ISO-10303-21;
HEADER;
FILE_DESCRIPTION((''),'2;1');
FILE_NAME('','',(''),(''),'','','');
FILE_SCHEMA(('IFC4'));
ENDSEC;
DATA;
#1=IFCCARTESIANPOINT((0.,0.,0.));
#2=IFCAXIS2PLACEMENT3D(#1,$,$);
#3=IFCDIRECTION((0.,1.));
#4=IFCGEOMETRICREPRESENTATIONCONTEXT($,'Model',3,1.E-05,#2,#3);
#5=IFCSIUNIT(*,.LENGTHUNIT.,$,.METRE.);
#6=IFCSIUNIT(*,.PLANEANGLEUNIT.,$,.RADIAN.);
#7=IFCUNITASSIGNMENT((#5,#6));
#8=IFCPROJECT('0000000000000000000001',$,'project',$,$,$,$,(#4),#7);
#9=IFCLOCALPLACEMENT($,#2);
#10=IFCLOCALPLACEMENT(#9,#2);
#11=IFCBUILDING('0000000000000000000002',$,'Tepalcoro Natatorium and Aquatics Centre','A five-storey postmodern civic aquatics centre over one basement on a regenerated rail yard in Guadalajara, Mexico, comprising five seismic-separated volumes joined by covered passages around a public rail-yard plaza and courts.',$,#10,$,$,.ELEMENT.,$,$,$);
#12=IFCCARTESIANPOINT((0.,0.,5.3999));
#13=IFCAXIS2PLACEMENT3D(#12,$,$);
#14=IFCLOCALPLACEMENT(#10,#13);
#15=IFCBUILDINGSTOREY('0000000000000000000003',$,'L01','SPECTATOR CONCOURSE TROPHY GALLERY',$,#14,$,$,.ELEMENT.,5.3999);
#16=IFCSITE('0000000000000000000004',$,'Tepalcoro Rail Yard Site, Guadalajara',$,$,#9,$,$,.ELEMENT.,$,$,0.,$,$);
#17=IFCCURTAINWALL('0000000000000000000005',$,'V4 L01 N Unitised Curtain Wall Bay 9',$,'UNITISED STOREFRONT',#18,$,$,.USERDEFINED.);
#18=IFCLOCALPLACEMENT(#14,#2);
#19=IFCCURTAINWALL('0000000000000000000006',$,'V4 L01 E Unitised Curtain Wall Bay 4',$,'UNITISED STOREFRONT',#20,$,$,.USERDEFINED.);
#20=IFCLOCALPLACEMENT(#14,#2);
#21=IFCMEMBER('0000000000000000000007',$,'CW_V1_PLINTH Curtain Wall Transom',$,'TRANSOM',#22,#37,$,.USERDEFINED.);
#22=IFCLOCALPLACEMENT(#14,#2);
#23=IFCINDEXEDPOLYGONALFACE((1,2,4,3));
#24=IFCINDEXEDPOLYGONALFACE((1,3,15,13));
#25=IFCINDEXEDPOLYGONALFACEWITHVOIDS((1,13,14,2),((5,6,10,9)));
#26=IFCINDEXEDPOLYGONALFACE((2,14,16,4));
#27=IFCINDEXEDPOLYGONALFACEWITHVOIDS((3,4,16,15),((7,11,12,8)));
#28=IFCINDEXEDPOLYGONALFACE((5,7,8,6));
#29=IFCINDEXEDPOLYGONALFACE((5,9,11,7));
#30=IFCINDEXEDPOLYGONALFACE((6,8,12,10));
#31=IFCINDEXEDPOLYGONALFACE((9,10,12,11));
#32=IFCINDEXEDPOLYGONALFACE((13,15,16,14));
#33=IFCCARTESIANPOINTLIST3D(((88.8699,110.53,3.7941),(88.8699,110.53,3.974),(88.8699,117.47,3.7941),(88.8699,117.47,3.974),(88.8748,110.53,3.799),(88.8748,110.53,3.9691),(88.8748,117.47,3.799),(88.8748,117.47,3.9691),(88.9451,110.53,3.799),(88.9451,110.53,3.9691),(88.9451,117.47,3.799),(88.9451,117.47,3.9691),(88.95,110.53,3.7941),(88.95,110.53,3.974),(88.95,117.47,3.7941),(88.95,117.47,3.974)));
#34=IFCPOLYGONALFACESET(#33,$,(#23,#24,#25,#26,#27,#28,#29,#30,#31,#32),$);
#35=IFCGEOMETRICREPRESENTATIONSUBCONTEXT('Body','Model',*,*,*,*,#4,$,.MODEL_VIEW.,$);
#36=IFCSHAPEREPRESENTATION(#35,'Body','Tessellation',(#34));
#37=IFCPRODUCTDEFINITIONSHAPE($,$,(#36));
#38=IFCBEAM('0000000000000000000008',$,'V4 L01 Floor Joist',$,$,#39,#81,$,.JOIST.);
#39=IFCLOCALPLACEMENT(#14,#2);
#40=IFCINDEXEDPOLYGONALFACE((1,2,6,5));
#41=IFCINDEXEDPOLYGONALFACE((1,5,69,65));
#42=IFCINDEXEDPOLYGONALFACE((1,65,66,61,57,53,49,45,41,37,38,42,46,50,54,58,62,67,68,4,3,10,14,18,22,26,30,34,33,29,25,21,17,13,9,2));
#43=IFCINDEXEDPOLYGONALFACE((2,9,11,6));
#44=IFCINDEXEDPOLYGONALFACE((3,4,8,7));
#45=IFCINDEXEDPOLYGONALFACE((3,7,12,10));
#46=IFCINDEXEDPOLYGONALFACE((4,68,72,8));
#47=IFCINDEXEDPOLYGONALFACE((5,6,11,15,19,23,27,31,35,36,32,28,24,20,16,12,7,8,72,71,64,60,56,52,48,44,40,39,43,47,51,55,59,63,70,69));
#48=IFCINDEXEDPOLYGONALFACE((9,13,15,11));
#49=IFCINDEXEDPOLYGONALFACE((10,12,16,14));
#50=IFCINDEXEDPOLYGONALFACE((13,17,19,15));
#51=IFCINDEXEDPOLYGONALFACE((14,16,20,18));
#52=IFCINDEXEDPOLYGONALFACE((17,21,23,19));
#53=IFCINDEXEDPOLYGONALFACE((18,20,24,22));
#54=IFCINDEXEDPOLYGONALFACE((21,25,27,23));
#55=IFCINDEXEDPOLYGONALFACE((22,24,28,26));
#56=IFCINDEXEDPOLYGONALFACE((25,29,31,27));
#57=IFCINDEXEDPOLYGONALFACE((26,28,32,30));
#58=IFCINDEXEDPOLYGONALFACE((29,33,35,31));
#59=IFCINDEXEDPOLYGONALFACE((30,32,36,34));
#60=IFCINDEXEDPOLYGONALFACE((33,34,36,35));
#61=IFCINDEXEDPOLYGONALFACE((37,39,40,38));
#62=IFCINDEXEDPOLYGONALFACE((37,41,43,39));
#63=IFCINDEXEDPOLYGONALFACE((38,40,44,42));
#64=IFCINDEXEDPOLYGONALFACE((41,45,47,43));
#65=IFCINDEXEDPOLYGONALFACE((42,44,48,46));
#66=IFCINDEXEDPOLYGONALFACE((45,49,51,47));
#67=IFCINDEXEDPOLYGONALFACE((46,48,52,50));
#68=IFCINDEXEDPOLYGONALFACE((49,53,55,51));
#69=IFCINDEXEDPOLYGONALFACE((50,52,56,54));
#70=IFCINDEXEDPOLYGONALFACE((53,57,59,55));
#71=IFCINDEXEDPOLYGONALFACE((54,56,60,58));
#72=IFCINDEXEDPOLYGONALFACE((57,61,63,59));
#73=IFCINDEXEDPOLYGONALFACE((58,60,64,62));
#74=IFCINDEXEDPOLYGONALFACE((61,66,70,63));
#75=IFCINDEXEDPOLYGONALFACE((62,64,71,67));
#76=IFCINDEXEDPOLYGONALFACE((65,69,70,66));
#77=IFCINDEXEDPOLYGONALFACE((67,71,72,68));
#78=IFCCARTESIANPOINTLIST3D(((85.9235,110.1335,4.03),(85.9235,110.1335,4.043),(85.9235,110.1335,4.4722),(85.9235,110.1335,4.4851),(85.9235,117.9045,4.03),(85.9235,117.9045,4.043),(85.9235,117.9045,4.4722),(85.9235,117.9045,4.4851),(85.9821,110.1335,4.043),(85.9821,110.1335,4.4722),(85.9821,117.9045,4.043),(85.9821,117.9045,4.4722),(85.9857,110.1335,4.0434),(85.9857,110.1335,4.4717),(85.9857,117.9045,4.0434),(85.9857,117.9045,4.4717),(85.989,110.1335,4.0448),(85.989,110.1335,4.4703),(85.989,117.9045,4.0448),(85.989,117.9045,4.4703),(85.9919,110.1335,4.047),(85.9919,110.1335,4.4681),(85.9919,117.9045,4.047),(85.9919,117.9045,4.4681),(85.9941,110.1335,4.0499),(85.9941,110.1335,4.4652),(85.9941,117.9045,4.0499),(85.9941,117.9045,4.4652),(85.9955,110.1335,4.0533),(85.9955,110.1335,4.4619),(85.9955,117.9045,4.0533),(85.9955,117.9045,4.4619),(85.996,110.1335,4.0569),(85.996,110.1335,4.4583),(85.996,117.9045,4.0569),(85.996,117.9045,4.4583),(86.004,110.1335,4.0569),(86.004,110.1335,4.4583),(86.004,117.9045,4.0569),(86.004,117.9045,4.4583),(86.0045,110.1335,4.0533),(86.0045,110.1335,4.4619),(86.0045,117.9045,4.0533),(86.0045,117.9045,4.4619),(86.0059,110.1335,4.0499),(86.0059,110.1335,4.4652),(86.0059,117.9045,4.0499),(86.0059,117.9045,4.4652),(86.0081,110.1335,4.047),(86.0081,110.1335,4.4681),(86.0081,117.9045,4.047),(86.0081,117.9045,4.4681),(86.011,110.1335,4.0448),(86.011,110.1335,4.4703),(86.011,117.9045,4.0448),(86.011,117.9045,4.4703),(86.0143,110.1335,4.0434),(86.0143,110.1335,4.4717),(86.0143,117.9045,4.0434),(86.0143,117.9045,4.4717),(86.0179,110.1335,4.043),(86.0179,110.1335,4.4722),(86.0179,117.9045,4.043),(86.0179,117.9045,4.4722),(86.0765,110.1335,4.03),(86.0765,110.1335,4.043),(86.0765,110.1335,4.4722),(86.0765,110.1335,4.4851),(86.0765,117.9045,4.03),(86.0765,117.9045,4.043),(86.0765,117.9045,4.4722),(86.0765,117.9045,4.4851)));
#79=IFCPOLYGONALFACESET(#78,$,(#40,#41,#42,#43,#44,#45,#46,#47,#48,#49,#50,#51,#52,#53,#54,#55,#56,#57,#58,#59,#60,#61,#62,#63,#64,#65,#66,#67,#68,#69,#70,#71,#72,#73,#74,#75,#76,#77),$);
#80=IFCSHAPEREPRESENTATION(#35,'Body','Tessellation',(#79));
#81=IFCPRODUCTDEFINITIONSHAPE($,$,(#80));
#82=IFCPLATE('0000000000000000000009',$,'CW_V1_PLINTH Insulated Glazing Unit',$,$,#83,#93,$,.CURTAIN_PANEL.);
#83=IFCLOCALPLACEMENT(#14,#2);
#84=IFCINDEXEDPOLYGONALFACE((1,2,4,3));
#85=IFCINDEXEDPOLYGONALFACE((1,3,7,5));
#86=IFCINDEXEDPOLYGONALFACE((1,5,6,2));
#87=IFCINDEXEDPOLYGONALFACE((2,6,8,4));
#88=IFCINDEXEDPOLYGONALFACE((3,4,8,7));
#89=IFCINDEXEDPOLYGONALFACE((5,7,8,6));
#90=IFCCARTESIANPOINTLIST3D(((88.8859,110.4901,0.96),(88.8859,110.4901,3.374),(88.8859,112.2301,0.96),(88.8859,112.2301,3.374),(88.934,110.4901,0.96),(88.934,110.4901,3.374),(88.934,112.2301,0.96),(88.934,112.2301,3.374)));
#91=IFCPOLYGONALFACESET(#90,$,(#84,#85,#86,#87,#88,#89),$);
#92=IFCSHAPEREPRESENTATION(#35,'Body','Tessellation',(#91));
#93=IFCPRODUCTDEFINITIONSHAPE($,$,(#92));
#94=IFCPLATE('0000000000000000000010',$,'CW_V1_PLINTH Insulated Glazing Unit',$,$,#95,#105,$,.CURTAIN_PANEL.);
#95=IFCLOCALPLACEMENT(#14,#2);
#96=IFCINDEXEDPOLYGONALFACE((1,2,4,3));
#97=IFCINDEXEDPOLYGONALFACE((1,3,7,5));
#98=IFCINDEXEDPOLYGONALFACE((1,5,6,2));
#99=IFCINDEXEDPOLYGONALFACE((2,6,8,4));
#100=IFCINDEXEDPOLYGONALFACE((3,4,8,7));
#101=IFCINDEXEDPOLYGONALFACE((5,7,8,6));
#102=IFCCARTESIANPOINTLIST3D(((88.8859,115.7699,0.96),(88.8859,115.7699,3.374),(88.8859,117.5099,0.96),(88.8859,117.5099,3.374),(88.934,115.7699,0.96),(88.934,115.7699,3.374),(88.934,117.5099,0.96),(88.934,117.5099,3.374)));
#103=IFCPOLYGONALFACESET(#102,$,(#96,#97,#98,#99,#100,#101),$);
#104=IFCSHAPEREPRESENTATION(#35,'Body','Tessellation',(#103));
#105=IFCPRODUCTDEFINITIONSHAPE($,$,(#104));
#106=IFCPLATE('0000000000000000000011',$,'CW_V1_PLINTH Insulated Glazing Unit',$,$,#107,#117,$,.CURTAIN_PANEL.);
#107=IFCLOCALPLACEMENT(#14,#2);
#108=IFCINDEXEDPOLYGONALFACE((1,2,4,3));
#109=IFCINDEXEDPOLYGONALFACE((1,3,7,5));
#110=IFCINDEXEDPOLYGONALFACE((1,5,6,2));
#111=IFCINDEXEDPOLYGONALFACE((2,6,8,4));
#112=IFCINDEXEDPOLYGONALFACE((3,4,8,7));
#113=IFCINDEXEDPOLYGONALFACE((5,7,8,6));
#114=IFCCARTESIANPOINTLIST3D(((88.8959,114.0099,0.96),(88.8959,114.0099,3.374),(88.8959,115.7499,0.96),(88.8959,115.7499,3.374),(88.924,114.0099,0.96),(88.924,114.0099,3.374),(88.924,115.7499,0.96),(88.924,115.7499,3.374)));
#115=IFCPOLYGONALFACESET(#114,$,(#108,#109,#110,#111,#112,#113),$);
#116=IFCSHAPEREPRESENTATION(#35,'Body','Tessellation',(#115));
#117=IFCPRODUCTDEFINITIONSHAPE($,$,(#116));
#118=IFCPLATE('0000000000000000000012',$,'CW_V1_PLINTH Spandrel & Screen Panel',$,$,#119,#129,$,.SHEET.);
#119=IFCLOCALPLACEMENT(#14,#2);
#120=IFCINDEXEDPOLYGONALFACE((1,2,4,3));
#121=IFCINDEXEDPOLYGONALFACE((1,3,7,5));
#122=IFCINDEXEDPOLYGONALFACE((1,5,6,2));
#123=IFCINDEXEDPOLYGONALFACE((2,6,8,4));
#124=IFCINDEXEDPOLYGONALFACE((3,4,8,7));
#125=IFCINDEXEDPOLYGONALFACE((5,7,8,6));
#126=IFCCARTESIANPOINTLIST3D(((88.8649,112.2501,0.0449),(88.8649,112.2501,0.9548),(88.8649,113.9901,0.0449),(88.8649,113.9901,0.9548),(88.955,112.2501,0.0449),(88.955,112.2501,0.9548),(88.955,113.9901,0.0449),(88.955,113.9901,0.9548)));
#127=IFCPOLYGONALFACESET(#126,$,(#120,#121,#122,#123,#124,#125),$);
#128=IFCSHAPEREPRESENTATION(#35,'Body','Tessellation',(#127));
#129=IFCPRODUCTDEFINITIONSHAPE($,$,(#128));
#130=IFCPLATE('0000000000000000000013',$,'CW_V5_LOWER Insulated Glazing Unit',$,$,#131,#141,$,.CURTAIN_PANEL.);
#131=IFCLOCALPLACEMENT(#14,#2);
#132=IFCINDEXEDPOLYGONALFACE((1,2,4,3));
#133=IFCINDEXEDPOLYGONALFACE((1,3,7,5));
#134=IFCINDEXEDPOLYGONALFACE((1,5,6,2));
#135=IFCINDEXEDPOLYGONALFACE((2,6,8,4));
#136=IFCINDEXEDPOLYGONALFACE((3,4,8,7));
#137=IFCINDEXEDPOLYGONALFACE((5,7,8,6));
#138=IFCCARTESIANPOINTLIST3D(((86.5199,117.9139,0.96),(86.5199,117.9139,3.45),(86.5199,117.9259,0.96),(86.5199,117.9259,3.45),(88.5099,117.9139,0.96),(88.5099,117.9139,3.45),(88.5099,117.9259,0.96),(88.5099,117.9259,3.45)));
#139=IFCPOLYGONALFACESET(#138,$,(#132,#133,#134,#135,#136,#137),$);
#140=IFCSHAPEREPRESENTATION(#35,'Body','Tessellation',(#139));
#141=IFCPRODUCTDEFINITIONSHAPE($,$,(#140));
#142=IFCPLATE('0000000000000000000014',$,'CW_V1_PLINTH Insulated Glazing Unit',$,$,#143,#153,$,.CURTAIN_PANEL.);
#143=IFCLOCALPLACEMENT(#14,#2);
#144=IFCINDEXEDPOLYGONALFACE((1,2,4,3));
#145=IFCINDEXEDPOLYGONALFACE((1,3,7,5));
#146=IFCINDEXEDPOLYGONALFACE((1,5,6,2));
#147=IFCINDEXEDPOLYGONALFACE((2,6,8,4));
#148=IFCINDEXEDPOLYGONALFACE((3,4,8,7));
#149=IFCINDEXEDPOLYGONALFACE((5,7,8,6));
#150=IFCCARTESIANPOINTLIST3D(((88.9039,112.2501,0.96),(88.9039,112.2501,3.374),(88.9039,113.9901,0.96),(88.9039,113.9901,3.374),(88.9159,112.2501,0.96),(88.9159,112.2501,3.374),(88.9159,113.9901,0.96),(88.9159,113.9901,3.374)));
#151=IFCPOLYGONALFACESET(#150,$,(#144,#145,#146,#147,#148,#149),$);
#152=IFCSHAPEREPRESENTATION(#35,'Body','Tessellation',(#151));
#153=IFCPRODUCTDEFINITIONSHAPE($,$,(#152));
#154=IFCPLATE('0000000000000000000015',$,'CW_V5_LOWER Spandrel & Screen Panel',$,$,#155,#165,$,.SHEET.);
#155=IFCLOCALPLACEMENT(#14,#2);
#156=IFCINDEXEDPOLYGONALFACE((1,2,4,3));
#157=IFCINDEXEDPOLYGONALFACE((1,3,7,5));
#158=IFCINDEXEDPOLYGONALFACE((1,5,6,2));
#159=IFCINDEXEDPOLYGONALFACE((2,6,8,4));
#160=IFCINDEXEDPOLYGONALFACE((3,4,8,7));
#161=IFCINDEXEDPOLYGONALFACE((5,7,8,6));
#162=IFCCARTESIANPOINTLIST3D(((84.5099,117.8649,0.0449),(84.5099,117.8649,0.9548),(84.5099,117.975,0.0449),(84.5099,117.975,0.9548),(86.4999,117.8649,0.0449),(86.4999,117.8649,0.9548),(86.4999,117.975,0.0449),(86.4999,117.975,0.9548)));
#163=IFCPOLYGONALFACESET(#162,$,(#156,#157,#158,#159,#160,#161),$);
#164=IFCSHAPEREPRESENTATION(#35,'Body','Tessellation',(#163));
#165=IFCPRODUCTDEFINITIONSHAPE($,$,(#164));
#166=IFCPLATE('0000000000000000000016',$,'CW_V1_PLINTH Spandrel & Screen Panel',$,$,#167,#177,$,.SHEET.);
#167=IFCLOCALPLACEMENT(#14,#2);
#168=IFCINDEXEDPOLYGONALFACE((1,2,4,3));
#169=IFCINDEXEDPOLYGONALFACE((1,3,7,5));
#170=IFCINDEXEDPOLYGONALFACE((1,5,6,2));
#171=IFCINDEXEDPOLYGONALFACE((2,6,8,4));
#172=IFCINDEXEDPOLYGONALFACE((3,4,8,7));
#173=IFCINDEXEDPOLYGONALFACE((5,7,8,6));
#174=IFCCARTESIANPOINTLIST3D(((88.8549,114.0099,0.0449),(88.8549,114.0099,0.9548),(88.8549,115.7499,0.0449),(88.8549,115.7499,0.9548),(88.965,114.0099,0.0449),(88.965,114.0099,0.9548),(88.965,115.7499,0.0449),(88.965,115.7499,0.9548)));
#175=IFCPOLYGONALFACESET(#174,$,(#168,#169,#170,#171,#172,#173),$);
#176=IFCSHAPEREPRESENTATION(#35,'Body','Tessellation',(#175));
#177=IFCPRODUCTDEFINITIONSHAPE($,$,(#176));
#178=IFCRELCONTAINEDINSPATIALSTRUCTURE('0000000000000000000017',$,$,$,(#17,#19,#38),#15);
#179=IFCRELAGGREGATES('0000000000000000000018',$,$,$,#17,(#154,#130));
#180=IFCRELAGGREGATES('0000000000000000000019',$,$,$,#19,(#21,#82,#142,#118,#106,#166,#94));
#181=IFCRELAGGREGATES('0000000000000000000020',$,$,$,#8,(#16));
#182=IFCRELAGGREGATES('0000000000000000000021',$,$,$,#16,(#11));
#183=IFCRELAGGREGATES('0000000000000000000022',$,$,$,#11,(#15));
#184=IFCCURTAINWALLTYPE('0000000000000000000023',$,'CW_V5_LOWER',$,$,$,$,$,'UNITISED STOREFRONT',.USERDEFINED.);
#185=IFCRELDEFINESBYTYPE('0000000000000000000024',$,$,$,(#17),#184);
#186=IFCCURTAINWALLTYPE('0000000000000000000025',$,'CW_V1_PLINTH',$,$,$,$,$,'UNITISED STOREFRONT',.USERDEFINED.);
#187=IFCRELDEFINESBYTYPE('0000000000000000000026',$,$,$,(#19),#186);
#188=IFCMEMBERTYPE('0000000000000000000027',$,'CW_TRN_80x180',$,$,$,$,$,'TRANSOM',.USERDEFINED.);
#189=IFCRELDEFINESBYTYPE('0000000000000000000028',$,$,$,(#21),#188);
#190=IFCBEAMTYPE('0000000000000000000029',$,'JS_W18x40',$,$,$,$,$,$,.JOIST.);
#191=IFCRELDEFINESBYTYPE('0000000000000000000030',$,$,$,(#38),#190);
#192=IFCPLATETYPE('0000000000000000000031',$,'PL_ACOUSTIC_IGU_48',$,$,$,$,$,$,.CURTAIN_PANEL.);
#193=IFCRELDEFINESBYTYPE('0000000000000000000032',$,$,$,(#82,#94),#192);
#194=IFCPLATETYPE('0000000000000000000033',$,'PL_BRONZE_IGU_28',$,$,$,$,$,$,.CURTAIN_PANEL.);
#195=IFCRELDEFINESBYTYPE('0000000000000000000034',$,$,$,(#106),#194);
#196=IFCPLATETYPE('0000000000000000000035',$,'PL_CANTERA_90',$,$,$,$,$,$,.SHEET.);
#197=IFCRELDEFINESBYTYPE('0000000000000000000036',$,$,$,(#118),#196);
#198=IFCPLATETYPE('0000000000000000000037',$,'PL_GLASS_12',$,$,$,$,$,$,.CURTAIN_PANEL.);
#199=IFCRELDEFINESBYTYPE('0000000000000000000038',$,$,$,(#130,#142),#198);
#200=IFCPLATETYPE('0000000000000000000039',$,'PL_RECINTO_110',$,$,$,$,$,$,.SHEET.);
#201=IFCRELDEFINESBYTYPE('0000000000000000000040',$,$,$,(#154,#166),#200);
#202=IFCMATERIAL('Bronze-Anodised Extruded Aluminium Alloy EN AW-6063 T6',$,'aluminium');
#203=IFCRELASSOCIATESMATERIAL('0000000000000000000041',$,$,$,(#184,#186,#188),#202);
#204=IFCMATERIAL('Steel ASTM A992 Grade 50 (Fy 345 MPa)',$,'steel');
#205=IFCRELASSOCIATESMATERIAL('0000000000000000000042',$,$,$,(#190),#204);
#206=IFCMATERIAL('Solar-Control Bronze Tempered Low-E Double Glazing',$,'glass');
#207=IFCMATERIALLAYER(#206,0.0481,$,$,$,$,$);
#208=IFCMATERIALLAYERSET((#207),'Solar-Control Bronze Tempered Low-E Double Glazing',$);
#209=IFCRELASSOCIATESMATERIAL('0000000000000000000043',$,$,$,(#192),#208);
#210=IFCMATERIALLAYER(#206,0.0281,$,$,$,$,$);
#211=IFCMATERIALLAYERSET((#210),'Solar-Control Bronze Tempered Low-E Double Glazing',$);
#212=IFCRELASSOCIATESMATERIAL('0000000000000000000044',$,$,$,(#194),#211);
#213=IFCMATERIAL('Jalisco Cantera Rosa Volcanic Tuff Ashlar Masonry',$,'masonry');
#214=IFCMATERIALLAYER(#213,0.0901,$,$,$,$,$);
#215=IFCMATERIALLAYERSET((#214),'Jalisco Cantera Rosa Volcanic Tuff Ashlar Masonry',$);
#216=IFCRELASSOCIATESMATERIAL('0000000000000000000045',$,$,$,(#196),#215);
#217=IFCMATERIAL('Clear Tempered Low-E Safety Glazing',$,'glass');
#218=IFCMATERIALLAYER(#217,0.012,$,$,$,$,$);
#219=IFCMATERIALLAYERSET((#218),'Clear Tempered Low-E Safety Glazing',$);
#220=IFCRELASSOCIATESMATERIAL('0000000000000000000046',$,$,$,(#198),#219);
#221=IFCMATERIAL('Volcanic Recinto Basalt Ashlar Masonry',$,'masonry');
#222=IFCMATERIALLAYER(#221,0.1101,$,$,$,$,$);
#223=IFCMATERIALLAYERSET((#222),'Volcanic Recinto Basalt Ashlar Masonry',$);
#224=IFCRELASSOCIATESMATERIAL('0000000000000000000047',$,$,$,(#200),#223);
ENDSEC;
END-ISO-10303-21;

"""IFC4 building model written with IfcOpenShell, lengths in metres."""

from ifc_helpers import new_model, si_unit, direction, frame, origin, origin_2d, place, context, subcontext, project, spatial, rectangle, hollow_rectangle, i_section, extrude, material, layer, layer_set, material_profile, profile_set, type_object, element, aggregate, save


model = new_model("IFC4")

# Units and contexts
model_context = context("Model", 3, precision=1e-05, world=origin(), true_north=direction((0.0, 1.0)))
body_context = subcontext(model_context, "Body", "Model", "MODEL_VIEW")
ifc_project = project(units=[si_unit("LENGTHUNIT", "METRE"), si_unit("PLANEANGLEUNIT", "RADIAN")], contexts=[model_context])

# Site, building, storey
site_placement = place(None, origin())
site = spatial("IfcSite", under=ifc_project, at=site_placement, Name="Tepalcoro Rail Yard Site, Guadalajara", CompositionType="ELEMENT", RefElevation=0.0)
building_placement = place(site_placement, origin())
building = spatial("IfcBuilding", under=site, at=building_placement, Name="Tepalcoro Natatorium and Aquatics Centre", Description="A five-storey postmodern civic aquatics centre over one basement on a regenerated rail yard in Guadalajara, Mexico, comprising five seismic-separated volumes joined by covered passages around a public rail-yard plaza and courts.", CompositionType="ELEMENT")
storey_placement = place(building_placement, frame((0.0, 0.0, 5.3999)))
storey = spatial("IfcBuildingStorey", under=building, at=storey_placement, Name="L01", Description="SPECTATOR CONCOURSE TROPHY GALLERY", CompositionType="ELEMENT", Elevation=5.3999)

# Curtain walls, member
ifc_material_1 = material(Name="Bronze-Anodised Extruded Aluminium Alloy EN AW-6063 T6", Category="aluminium")
curtain_wall_type_1 = type_object("IfcCurtainWallType", Name="CW_V5_LOWER", ElementType="UNITISED STOREFRONT", PredefinedType="USERDEFINED", material=ifc_material_1)
curtain_wall_1_placement = place(storey_placement, origin())
curtain_wall_1 = element("IfcCurtainWall", 1, at=curtain_wall_1_placement, inside=storey, type_object=curtain_wall_type_1, Name="V4 L01 N Unitised Curtain Wall Bay 9", ObjectType="UNITISED STOREFRONT", PredefinedType="USERDEFINED")
curtain_wall_type_2 = type_object("IfcCurtainWallType", Name="CW_V1_PLINTH", ElementType="UNITISED STOREFRONT", PredefinedType="USERDEFINED", material=ifc_material_1)
curtain_wall_2_placement = place(storey_placement, origin())
curtain_wall_2 = element("IfcCurtainWall", 2, at=curtain_wall_2_placement, inside=storey, type_object=curtain_wall_type_2, Name="V4 L01 E Unitised Curtain Wall Bay 4", ObjectType="UNITISED STOREFRONT", PredefinedType="USERDEFINED")
ifc_material_profile_1 = material_profile(ifc_material_1, hollow_rectangle(XDim=0.0801, YDim=0.1799, WallThickness=0.0049, at=origin_2d()), Name="AL80X180X5")
ifc_profile_set_1 = profile_set([ifc_material_profile_1], Name="Bronze-Anodised Extruded Aluminium Alloy EN AW-6063 T6")
member_type_1 = type_object("IfcMemberType", Name="CW_TRN_80x180", ElementType="TRANSOM", PredefinedType="USERDEFINED", material=ifc_profile_set_1)
member_1_placement = place(storey_placement, frame((88.9099, 110.53, 3.884), z_axis=(0.0, 1.0, 0.0), x_axis=(-1.0, 0.0, 0.0)))
member_1 = element("IfcMember", 3, at=member_1_placement, type_object=member_type_1, Name="CW_V1_PLINTH Curtain Wall Transom", ObjectType="TRANSOM", PredefinedType="USERDEFINED", context=body_context, shape_type="SweptSolid", body=[
    extrude(hollow_rectangle(XDim=0.0801, YDim=0.1799, WallThickness=0.0049, at=origin_2d()), origin(), (0.0, 0.0, 1.0), 6.9399),
])

# Beam
ifc_material_2 = material(Name="Steel ASTM A992 Grade 50 (Fy 345 MPa)", Category="steel")
ifc_material_profile_2 = material_profile(ifc_material_2, i_section(OverallWidth=0.1531, OverallDepth=0.4551, WebThickness=0.0081, FlangeThickness=0.0129, FilletRadius=0.0139, at=origin_2d()), Name="W18X40")
ifc_profile_set_2 = profile_set([ifc_material_profile_2], Name="Steel ASTM A992 Grade 50 (Fy 345 MPa)")
beam_type = type_object("IfcBeamType", Name="JS_W18x40", PredefinedType="JOIST", material=ifc_profile_set_2)
beam_placement = place(storey_placement, frame((86.0, 110.1335, 4.2576), z_axis=(0.0, 1.0, 0.0), x_axis=(-1.0, 0.0, 0.0)))
element("IfcBeam", 4, at=beam_placement, inside=storey, type_object=beam_type, Name="V4 L01 Floor Joist", PredefinedType="JOIST", context=body_context, shape_type="SweptSolid", body=[
    extrude(i_section(OverallWidth=0.1531, OverallDepth=0.4551, WebThickness=0.0081, FlangeThickness=0.0129, FilletRadius=0.0139, at=origin_2d()), origin(), (0.0, 0.0, 1.0), 7.771),
])

# Plates
ifc_material_3 = material(Name="Solar-Control Bronze Tempered Low-E Double Glazing", Category="glass")
ifc_layer_1 = layer(ifc_material_3, 0.0481)
ifc_layer_set_1 = layer_set([ifc_layer_1], Name="Solar-Control Bronze Tempered Low-E Double Glazing")
plate_type_1 = type_object("IfcPlateType", Name="PL_ACOUSTIC_IGU_48", PredefinedType="CURTAIN_PANEL", material=ifc_layer_set_1)
plate_1_placement = place(storey_placement, frame((88.9099, 111.3601, 0.96), z_axis=(0.0, 0.0, 1.0), x_axis=(1.0, 0.0, 0.0)))
plate_1 = element("IfcPlate", 5, at=plate_1_placement, type_object=plate_type_1, Name="CW_V1_PLINTH Insulated Glazing Unit", PredefinedType="CURTAIN_PANEL", context=body_context, shape_type="SweptSolid", body=[
    extrude(rectangle(XDim=0.0481, YDim=1.74, at=origin_2d()), origin(), (0.0, 0.0, 1.0), 2.4141),
])
plate_2_placement = place(storey_placement, frame((88.9099, 116.6399, 0.96), z_axis=(0.0, 0.0, 1.0), x_axis=(1.0, 0.0, 0.0)))
plate_2 = element("IfcPlate", 6, at=plate_2_placement, type_object=plate_type_1, Name="CW_V1_PLINTH Insulated Glazing Unit", PredefinedType="CURTAIN_PANEL", context=body_context, shape_type="SweptSolid", body=[
    extrude(rectangle(XDim=0.0481, YDim=1.74, at=origin_2d()), origin(), (0.0, 0.0, 1.0), 2.4141),
])
ifc_layer_2 = layer(ifc_material_3, 0.0281)
ifc_layer_set_2 = layer_set([ifc_layer_2], Name="Solar-Control Bronze Tempered Low-E Double Glazing")
plate_type_2 = type_object("IfcPlateType", Name="PL_BRONZE_IGU_28", PredefinedType="CURTAIN_PANEL", material=ifc_layer_set_2)
plate_3_placement = place(storey_placement, frame((88.9099, 114.8799, 0.96), z_axis=(0.0, 0.0, 1.0), x_axis=(1.0, 0.0, 0.0)))
plate_3 = element("IfcPlate", 7, at=plate_3_placement, type_object=plate_type_2, Name="CW_V1_PLINTH Insulated Glazing Unit", PredefinedType="CURTAIN_PANEL", context=body_context, shape_type="SweptSolid", body=[
    extrude(rectangle(XDim=0.0281, YDim=1.74, at=origin_2d()), origin(), (0.0, 0.0, 1.0), 2.4141),
])
ifc_material_4 = material(Name="Jalisco Cantera Rosa Volcanic Tuff Ashlar Masonry", Category="masonry")
ifc_layer_3 = layer(ifc_material_4, 0.0901)
ifc_layer_set_3 = layer_set([ifc_layer_3], Name="Jalisco Cantera Rosa Volcanic Tuff Ashlar Masonry")
plate_type_3 = type_object("IfcPlateType", Name="PL_CANTERA_90", PredefinedType="SHEET", material=ifc_layer_set_3)
plate_4_placement = place(storey_placement, frame((88.9099, 113.1201, 0.0449), z_axis=(0.0, 0.0, 1.0), x_axis=(1.0, 0.0, 0.0)))
plate_4 = element("IfcPlate", 8, at=plate_4_placement, type_object=plate_type_3, Name="CW_V1_PLINTH Spandrel & Screen Panel", PredefinedType="SHEET", context=body_context, shape_type="SweptSolid", body=[
    extrude(rectangle(XDim=0.0901, YDim=1.74, at=origin_2d()), origin(), (0.0, 0.0, 1.0), 0.9099),
])
ifc_material_5 = material(Name="Clear Tempered Low-E Safety Glazing", Category="glass")
ifc_layer_4 = layer(ifc_material_5, 0.012)
ifc_layer_set_4 = layer_set([ifc_layer_4], Name="Clear Tempered Low-E Safety Glazing")
plate_type_4 = type_object("IfcPlateType", Name="PL_GLASS_12", PredefinedType="CURTAIN_PANEL", material=ifc_layer_set_4)
plate_5_placement = place(storey_placement, frame((87.5149, 117.9199, 0.96), z_axis=(0.0, 0.0, 1.0), x_axis=(1.0, 0.0, 0.0)))
plate_5 = element("IfcPlate", 9, at=plate_5_placement, type_object=plate_type_4, Name="CW_V5_LOWER Insulated Glazing Unit", PredefinedType="CURTAIN_PANEL", context=body_context, shape_type="SweptSolid", body=[
    extrude(rectangle(XDim=1.99, YDim=0.012, at=origin_2d()), origin(), (0.0, 0.0, 1.0), 2.49),
])
plate_6_placement = place(storey_placement, frame((88.9099, 113.1201, 0.96), z_axis=(0.0, 0.0, 1.0), x_axis=(1.0, 0.0, 0.0)))
plate_6 = element("IfcPlate", 10, at=plate_6_placement, type_object=plate_type_4, Name="CW_V1_PLINTH Insulated Glazing Unit", PredefinedType="CURTAIN_PANEL", context=body_context, shape_type="SweptSolid", body=[
    extrude(rectangle(XDim=0.012, YDim=1.74, at=origin_2d()), origin(), (0.0, 0.0, 1.0), 2.4141),
])
ifc_material_6 = material(Name="Volcanic Recinto Basalt Ashlar Masonry", Category="masonry")
ifc_layer_5 = layer(ifc_material_6, 0.1101)
ifc_layer_set_5 = layer_set([ifc_layer_5], Name="Volcanic Recinto Basalt Ashlar Masonry")
plate_type_5 = type_object("IfcPlateType", Name="PL_RECINTO_110", PredefinedType="SHEET", material=ifc_layer_set_5)
plate_7_placement = place(storey_placement, frame((85.5049, 117.9199, 0.0449), z_axis=(0.0, 0.0, 1.0), x_axis=(1.0, 0.0, 0.0)))
plate_7 = element("IfcPlate", 11, at=plate_7_placement, type_object=plate_type_5, Name="CW_V5_LOWER Spandrel & Screen Panel", PredefinedType="SHEET", context=body_context, shape_type="SweptSolid", body=[
    extrude(rectangle(XDim=1.99, YDim=0.1101, at=origin_2d()), origin(), (0.0, 0.0, 1.0), 0.9099),
])
plate_8_placement = place(storey_placement, frame((88.9099, 114.8799, 0.0449), z_axis=(0.0, 0.0, 1.0), x_axis=(1.0, 0.0, 0.0)))
plate_8 = element("IfcPlate", 12, at=plate_8_placement, type_object=plate_type_5, Name="CW_V1_PLINTH Spandrel & Screen Panel", PredefinedType="SHEET", context=body_context, shape_type="SweptSolid", body=[
    extrude(rectangle(XDim=0.1101, YDim=1.74, at=origin_2d()), origin(), (0.0, 0.0, 1.0), 0.9099),
])
aggregate(curtain_wall_1, [plate_7, plate_5])
aggregate(curtain_wall_2, [member_1, plate_1, plate_6, plate_4, plate_3, plate_8, plate_2])

save(model, "model.ifc")
